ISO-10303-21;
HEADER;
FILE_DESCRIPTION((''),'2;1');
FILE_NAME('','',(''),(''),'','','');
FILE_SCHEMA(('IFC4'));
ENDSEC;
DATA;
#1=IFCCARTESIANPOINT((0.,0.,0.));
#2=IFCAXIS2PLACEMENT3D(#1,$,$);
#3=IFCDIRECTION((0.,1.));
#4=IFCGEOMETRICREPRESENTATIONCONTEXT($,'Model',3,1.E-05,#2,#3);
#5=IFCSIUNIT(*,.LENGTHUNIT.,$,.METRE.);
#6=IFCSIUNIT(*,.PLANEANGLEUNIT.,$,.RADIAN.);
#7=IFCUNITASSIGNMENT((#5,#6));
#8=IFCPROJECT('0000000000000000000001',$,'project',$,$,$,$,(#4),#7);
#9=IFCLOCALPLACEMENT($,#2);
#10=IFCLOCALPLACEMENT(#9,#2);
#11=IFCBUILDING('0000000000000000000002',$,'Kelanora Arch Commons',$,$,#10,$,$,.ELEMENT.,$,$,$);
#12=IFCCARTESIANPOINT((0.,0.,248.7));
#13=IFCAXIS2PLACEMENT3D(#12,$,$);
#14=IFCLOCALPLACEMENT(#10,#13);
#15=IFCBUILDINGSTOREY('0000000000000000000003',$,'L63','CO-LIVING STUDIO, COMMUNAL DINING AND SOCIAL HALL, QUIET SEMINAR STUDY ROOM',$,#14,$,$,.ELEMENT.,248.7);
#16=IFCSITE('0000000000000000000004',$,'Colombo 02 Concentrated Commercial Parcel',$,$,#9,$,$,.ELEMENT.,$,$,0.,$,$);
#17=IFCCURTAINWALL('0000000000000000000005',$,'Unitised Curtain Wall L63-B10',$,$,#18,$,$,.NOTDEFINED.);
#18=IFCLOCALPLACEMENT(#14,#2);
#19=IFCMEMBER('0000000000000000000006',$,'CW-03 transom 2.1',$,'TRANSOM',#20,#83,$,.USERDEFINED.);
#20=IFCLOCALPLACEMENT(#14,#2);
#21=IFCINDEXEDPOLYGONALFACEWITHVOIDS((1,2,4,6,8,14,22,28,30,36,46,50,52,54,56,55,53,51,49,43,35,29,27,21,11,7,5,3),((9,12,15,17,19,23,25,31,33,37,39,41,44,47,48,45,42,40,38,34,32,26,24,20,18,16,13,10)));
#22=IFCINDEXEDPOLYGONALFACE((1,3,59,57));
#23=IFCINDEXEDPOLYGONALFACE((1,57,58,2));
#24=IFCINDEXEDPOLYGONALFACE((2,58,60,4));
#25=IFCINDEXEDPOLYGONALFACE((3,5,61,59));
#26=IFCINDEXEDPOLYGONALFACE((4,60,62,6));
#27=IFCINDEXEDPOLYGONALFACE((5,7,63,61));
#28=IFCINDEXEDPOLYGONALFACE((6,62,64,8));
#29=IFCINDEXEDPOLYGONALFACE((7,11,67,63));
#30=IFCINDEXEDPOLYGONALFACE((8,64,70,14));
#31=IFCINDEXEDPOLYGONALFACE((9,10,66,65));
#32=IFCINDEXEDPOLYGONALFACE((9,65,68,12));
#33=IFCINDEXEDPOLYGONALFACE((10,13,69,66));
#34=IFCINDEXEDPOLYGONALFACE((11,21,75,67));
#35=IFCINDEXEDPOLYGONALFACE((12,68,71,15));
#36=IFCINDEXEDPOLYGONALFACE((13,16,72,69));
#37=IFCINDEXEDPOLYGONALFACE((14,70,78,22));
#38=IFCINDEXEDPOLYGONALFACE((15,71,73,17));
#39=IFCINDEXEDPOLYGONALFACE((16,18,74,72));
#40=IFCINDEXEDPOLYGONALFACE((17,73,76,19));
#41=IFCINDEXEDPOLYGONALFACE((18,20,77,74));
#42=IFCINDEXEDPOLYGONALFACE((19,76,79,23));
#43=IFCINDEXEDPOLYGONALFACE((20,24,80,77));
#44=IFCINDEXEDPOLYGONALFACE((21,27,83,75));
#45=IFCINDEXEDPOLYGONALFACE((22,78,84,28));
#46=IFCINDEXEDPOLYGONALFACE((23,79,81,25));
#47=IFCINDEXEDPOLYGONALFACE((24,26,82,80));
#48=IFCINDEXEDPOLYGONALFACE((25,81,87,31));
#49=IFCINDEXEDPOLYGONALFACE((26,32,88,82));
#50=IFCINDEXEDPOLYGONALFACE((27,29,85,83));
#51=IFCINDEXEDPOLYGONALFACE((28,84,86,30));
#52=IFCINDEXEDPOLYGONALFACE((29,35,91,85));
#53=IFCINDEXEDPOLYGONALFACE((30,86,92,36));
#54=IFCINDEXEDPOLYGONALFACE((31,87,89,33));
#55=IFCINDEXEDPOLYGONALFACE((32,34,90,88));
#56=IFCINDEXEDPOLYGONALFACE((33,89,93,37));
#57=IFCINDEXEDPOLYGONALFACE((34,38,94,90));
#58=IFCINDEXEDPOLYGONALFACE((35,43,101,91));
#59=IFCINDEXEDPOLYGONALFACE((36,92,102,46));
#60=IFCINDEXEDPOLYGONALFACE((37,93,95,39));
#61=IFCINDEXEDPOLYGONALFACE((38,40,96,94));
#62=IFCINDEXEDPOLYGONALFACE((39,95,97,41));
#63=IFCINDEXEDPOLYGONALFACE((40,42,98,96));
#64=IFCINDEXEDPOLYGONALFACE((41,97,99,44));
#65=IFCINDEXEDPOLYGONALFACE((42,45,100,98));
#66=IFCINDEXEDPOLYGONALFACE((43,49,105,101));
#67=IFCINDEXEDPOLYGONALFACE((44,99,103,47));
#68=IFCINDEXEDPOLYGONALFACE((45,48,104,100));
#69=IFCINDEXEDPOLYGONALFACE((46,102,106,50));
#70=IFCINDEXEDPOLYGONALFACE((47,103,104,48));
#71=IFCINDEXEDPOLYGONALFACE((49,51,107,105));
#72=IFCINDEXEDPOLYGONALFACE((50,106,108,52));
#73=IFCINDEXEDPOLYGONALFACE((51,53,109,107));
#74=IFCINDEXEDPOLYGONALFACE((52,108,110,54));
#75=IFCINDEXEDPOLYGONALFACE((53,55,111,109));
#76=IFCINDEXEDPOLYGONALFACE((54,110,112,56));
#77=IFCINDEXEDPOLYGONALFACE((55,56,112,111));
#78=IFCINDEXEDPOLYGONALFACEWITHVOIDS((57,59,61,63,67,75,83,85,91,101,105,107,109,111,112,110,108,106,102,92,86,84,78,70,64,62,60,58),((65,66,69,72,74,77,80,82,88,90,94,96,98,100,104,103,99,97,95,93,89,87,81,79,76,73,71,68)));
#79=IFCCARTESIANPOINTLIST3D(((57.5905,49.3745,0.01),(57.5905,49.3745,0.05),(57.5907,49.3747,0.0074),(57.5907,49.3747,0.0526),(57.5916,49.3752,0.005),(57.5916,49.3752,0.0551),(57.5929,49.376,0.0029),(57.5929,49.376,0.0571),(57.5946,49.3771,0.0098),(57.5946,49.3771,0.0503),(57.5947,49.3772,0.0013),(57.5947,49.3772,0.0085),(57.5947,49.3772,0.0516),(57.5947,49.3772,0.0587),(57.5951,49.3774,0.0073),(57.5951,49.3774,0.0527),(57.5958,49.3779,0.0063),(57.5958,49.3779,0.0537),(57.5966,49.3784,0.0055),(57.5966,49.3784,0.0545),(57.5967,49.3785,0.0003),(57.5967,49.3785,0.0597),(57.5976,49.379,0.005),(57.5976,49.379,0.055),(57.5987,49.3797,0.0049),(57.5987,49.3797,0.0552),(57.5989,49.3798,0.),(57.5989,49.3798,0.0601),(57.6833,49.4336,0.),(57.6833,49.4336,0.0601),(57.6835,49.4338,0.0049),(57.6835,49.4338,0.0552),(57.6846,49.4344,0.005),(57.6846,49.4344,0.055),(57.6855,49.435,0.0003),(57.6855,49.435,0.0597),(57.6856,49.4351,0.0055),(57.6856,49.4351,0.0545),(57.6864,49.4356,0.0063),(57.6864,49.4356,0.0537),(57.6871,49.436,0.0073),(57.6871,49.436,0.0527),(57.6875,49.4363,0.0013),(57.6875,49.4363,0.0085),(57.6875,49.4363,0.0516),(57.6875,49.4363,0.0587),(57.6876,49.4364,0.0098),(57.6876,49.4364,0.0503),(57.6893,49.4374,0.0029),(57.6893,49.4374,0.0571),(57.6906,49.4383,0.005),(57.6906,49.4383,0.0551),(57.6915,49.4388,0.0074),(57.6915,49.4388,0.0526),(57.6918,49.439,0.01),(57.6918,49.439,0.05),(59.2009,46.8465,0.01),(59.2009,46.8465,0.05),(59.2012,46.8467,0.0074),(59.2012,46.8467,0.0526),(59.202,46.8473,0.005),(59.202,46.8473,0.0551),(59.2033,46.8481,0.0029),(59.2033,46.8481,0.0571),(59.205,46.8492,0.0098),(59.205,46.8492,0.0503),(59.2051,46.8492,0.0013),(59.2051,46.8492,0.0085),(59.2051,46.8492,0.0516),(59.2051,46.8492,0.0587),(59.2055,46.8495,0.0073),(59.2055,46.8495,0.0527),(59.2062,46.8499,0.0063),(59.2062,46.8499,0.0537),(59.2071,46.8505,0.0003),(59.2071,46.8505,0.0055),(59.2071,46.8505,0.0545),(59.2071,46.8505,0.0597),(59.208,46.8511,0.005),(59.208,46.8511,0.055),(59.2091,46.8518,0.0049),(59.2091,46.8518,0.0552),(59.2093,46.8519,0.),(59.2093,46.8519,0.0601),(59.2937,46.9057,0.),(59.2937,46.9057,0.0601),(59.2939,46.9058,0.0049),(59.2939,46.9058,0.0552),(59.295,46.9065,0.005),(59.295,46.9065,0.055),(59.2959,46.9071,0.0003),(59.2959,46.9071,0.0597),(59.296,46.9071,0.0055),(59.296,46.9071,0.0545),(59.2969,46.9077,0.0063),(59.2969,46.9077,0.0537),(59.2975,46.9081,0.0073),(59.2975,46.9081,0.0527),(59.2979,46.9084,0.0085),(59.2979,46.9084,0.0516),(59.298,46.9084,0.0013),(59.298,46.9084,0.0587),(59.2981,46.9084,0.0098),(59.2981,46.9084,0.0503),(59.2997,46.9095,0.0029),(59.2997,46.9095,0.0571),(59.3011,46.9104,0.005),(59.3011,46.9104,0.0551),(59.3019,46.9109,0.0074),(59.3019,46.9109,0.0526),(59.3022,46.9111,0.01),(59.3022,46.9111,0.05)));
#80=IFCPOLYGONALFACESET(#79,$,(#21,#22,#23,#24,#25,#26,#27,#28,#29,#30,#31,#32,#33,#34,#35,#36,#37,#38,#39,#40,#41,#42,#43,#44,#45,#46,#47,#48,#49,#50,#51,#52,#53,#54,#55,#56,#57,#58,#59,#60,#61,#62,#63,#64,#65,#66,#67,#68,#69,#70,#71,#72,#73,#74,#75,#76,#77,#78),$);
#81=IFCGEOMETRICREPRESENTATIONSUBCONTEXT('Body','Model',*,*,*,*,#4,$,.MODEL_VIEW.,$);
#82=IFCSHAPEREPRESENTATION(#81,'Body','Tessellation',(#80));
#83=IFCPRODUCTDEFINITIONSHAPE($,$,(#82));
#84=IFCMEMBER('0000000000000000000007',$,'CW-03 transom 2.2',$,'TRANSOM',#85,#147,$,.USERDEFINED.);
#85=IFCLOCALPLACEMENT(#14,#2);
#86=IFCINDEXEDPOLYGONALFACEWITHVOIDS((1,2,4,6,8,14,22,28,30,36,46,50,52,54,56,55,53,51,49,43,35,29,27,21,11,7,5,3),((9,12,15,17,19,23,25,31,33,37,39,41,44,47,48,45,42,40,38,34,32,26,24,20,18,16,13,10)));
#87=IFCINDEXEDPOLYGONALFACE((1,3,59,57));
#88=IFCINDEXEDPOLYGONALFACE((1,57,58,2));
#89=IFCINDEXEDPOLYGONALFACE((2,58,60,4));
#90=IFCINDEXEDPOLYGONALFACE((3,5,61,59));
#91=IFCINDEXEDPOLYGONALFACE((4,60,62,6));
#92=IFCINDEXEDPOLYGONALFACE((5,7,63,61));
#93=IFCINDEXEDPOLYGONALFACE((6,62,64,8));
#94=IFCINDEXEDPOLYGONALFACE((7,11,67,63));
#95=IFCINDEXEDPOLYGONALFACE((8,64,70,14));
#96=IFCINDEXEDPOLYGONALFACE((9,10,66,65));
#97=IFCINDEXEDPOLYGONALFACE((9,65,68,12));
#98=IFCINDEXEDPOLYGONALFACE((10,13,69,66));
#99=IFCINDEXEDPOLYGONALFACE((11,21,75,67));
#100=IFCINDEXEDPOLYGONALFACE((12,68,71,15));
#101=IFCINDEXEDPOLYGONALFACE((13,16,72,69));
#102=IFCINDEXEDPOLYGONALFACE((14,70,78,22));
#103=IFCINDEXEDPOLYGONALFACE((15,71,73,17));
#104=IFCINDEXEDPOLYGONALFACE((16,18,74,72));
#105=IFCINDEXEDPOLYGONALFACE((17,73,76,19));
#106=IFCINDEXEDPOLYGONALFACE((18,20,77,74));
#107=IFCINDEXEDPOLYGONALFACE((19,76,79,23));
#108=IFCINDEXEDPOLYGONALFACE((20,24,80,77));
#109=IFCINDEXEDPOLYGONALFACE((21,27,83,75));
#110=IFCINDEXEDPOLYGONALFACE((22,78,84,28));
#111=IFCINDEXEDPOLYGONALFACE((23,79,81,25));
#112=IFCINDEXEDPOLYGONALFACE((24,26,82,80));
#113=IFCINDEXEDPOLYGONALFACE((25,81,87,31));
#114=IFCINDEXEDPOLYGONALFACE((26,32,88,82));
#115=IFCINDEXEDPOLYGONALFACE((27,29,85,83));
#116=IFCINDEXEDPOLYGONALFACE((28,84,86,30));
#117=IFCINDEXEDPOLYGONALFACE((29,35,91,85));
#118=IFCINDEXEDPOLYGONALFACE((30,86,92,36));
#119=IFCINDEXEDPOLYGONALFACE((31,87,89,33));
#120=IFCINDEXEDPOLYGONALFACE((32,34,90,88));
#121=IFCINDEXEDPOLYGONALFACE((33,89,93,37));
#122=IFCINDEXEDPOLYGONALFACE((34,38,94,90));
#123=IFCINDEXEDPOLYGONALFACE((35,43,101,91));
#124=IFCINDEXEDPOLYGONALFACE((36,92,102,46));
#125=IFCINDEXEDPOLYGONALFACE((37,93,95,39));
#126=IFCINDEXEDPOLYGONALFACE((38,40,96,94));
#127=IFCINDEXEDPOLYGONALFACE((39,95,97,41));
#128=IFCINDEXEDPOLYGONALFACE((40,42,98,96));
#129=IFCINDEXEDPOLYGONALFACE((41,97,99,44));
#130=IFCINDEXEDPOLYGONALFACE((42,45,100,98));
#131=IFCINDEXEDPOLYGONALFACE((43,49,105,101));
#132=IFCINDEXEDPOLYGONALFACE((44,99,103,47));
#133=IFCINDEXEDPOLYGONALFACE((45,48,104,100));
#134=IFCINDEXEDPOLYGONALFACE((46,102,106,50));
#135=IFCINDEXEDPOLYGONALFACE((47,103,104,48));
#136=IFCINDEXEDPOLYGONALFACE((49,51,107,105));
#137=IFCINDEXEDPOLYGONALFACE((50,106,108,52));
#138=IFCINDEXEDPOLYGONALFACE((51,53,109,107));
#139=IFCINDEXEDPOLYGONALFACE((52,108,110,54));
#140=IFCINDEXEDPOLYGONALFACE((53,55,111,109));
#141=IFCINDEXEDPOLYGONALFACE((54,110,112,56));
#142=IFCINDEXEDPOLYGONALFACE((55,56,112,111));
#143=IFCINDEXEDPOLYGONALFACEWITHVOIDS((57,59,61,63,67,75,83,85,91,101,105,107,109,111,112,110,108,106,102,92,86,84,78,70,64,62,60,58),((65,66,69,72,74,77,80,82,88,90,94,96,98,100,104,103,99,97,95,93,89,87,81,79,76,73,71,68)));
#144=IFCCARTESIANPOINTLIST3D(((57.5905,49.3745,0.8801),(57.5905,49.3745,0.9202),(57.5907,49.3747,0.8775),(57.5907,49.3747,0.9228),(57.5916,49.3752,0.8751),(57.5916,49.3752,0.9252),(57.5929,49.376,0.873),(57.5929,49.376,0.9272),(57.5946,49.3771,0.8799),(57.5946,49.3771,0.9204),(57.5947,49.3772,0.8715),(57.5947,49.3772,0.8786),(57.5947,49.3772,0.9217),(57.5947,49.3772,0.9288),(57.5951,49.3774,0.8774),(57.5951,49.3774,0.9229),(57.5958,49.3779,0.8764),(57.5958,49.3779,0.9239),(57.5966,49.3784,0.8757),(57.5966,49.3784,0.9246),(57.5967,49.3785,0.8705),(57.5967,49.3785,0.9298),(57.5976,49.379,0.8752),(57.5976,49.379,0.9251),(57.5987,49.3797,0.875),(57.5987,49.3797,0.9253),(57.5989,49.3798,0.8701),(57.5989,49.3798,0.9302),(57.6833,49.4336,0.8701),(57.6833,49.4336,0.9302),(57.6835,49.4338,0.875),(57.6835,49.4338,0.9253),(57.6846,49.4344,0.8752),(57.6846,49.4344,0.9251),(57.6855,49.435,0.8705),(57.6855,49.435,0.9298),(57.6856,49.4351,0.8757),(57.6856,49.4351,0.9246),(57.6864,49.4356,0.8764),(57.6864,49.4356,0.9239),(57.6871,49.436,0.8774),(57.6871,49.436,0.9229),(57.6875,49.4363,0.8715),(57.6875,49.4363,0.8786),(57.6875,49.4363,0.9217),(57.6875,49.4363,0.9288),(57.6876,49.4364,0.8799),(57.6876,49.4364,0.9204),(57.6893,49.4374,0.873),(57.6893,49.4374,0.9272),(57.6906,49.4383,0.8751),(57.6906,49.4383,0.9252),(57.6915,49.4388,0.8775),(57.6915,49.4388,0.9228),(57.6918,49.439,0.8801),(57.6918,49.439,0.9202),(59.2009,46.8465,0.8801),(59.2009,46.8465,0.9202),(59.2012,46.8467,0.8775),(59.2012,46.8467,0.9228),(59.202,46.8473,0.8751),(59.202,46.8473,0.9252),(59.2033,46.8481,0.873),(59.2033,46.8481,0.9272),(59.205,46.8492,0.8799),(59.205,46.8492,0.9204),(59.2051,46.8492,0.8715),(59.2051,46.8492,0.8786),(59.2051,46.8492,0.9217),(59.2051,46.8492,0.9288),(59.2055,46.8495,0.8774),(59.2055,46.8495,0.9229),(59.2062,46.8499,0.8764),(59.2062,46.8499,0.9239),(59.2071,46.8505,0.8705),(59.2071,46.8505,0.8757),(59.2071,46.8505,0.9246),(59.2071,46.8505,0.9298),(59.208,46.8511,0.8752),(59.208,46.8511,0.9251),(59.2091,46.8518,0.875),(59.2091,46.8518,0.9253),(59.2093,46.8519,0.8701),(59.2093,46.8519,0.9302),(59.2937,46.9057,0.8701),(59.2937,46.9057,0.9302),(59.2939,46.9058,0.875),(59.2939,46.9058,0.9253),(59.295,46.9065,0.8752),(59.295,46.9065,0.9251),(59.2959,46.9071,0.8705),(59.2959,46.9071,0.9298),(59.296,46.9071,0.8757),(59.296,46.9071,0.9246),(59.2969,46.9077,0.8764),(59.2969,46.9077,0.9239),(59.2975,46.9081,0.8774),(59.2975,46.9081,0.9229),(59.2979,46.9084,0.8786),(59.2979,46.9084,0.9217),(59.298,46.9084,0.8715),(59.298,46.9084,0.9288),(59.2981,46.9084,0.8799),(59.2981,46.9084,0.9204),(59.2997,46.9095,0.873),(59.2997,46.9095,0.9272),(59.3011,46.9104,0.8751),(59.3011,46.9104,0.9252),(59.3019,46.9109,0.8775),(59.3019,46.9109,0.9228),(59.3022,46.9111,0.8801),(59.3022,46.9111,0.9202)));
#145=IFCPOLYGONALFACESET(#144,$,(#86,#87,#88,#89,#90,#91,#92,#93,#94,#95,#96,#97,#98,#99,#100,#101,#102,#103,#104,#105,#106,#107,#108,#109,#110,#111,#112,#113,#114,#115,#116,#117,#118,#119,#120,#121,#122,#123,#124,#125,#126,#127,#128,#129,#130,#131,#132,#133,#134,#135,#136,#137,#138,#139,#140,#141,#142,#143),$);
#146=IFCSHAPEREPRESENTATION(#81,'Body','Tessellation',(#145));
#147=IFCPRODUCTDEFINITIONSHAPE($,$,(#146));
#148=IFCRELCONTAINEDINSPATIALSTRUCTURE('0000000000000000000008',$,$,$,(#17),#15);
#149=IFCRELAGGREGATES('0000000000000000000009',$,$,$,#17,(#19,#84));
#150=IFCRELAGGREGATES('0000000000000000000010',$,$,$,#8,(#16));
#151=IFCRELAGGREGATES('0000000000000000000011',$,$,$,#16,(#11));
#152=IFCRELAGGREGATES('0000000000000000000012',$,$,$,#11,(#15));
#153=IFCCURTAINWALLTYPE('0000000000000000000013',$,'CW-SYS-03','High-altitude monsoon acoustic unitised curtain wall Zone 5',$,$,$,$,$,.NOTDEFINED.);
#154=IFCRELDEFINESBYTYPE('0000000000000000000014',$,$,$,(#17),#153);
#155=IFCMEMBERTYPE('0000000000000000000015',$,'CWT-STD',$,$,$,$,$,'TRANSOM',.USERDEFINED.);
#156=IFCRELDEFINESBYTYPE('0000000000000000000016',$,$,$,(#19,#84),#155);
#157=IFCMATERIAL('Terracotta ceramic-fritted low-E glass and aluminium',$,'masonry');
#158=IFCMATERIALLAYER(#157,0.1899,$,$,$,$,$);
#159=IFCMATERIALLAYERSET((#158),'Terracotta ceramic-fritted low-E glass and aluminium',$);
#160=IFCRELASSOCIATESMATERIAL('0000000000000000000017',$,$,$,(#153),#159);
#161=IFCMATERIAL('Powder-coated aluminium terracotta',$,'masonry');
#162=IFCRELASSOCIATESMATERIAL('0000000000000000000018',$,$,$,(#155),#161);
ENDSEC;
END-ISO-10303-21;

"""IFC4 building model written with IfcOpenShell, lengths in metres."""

from ifc_helpers import new_model, si_unit, direction, frame, origin, origin_2d, place, context, subcontext, project, spatial, hollow_rectangle, extrude, material, layer, layer_set, material_profile, profile_set, type_object, element, aggregate, save


model = new_model("IFC4")

# Units and contexts
model_context = context("Model", 3, precision=1e-05, world=origin(), true_north=direction((0.0, 1.0)))
body_context = subcontext(model_context, "Body", "Model", "MODEL_VIEW")
ifc_project = project(units=[si_unit("LENGTHUNIT", "METRE"), si_unit("PLANEANGLEUNIT", "RADIAN")], contexts=[model_context])

# Site, building, storey
site_placement = place(None, origin())
site = spatial("IfcSite", under=ifc_project, at=site_placement, Name="Colombo 02 Concentrated Commercial Parcel", CompositionType="ELEMENT", RefElevation=0.0)
building_placement = place(site_placement, origin())
building = spatial("IfcBuilding", under=site, at=building_placement, Name="Kelanora Arch Commons", CompositionType="ELEMENT")
storey_placement = place(building_placement, frame((0.0, 0.0, 248.7)))
storey = spatial("IfcBuildingStorey", under=building, at=storey_placement, Name="L63", Description="CO-LIVING STUDIO, COMMUNAL DINING AND SOCIAL HALL, QUIET SEMINAR STUDY ROOM", CompositionType="ELEMENT", Elevation=248.7)

# Shared definitions
ifc_material_1 = material(Name="Terracotta ceramic-fritted low-E glass and aluminium", Category="masonry")
ifc_layer_1 = layer(ifc_material_1, 0.1899)
ifc_layer_set_1 = layer_set([ifc_layer_1], Name="Terracotta ceramic-fritted low-E glass and aluminium")
curtain_wall_type = type_object("IfcCurtainWallType", Name="CW-SYS-03", Description="High-altitude monsoon acoustic unitised curtain wall Zone 5", PredefinedType="NOTDEFINED", material=ifc_layer_set_1)
ifc_material_2 = material(Name="Powder-coated aluminium terracotta", Category="masonry")

# Curtain wall, members
curtain_wall_1_placement = place(storey_placement, origin())
curtain_wall_1 = element("IfcCurtainWall", 1, at=curtain_wall_1_placement, inside=storey, type_object=curtain_wall_type, Name="Unitised Curtain Wall L63-B10", PredefinedType="NOTDEFINED")
ifc_material_profile_1 = material_profile(ifc_material_2, hollow_rectangle(XDim=0.1201, YDim=0.0601, WallThickness=0.0049, InnerFilletRadius=0.0049, OuterFilletRadius=0.01, at=origin_2d()), Name="CWT120x60")
ifc_profile_set_1 = profile_set([ifc_material_profile_1], Name="Powder-coated aluminium terracotta")
member_type_1 = type_object("IfcMemberType", Name="CWT-STD", ElementType="TRANSOM", PredefinedType="USERDEFINED", material=ifc_profile_set_1)
member_1_placement = place(storey_placement, frame((57.6411, 49.4067, 0.03), z_axis=(0.537287, -0.8434, 0.0), x_axis=(0.8434, 0.537287, 0.0)))
member_1 = element("IfcMember", 2, at=member_1_placement, type_object=member_type_1, Name="CW-03 transom 2.1", ObjectType="TRANSOM", PredefinedType="USERDEFINED", context=body_context, shape_type="SweptSolid", body=[
    extrude(hollow_rectangle(XDim=0.1201, YDim=0.0601, WallThickness=0.0049, InnerFilletRadius=0.0049, OuterFilletRadius=0.01, at=origin_2d()), origin(), (0.0, 0.0, 1.0), 2.9973),
])
member_2_placement = place(storey_placement, frame((57.6411, 49.4067, 0.9001), z_axis=(0.537287, -0.8434, 0.0), x_axis=(0.8434, 0.537287, 0.0)))
member_2 = element("IfcMember", 3, at=member_2_placement, type_object=member_type_1, Name="CW-03 transom 2.2", ObjectType="TRANSOM", PredefinedType="USERDEFINED", context=body_context, shape_type="SweptSolid", body=[
    extrude(hollow_rectangle(XDim=0.1201, YDim=0.0601, WallThickness=0.0049, InnerFilletRadius=0.0049, OuterFilletRadius=0.01, at=origin_2d()), origin(), (0.0, 0.0, 1.0), 2.9973),
])

aggregate(curtain_wall_1, [member_1, member_2])

save(model, "model.ifc")
